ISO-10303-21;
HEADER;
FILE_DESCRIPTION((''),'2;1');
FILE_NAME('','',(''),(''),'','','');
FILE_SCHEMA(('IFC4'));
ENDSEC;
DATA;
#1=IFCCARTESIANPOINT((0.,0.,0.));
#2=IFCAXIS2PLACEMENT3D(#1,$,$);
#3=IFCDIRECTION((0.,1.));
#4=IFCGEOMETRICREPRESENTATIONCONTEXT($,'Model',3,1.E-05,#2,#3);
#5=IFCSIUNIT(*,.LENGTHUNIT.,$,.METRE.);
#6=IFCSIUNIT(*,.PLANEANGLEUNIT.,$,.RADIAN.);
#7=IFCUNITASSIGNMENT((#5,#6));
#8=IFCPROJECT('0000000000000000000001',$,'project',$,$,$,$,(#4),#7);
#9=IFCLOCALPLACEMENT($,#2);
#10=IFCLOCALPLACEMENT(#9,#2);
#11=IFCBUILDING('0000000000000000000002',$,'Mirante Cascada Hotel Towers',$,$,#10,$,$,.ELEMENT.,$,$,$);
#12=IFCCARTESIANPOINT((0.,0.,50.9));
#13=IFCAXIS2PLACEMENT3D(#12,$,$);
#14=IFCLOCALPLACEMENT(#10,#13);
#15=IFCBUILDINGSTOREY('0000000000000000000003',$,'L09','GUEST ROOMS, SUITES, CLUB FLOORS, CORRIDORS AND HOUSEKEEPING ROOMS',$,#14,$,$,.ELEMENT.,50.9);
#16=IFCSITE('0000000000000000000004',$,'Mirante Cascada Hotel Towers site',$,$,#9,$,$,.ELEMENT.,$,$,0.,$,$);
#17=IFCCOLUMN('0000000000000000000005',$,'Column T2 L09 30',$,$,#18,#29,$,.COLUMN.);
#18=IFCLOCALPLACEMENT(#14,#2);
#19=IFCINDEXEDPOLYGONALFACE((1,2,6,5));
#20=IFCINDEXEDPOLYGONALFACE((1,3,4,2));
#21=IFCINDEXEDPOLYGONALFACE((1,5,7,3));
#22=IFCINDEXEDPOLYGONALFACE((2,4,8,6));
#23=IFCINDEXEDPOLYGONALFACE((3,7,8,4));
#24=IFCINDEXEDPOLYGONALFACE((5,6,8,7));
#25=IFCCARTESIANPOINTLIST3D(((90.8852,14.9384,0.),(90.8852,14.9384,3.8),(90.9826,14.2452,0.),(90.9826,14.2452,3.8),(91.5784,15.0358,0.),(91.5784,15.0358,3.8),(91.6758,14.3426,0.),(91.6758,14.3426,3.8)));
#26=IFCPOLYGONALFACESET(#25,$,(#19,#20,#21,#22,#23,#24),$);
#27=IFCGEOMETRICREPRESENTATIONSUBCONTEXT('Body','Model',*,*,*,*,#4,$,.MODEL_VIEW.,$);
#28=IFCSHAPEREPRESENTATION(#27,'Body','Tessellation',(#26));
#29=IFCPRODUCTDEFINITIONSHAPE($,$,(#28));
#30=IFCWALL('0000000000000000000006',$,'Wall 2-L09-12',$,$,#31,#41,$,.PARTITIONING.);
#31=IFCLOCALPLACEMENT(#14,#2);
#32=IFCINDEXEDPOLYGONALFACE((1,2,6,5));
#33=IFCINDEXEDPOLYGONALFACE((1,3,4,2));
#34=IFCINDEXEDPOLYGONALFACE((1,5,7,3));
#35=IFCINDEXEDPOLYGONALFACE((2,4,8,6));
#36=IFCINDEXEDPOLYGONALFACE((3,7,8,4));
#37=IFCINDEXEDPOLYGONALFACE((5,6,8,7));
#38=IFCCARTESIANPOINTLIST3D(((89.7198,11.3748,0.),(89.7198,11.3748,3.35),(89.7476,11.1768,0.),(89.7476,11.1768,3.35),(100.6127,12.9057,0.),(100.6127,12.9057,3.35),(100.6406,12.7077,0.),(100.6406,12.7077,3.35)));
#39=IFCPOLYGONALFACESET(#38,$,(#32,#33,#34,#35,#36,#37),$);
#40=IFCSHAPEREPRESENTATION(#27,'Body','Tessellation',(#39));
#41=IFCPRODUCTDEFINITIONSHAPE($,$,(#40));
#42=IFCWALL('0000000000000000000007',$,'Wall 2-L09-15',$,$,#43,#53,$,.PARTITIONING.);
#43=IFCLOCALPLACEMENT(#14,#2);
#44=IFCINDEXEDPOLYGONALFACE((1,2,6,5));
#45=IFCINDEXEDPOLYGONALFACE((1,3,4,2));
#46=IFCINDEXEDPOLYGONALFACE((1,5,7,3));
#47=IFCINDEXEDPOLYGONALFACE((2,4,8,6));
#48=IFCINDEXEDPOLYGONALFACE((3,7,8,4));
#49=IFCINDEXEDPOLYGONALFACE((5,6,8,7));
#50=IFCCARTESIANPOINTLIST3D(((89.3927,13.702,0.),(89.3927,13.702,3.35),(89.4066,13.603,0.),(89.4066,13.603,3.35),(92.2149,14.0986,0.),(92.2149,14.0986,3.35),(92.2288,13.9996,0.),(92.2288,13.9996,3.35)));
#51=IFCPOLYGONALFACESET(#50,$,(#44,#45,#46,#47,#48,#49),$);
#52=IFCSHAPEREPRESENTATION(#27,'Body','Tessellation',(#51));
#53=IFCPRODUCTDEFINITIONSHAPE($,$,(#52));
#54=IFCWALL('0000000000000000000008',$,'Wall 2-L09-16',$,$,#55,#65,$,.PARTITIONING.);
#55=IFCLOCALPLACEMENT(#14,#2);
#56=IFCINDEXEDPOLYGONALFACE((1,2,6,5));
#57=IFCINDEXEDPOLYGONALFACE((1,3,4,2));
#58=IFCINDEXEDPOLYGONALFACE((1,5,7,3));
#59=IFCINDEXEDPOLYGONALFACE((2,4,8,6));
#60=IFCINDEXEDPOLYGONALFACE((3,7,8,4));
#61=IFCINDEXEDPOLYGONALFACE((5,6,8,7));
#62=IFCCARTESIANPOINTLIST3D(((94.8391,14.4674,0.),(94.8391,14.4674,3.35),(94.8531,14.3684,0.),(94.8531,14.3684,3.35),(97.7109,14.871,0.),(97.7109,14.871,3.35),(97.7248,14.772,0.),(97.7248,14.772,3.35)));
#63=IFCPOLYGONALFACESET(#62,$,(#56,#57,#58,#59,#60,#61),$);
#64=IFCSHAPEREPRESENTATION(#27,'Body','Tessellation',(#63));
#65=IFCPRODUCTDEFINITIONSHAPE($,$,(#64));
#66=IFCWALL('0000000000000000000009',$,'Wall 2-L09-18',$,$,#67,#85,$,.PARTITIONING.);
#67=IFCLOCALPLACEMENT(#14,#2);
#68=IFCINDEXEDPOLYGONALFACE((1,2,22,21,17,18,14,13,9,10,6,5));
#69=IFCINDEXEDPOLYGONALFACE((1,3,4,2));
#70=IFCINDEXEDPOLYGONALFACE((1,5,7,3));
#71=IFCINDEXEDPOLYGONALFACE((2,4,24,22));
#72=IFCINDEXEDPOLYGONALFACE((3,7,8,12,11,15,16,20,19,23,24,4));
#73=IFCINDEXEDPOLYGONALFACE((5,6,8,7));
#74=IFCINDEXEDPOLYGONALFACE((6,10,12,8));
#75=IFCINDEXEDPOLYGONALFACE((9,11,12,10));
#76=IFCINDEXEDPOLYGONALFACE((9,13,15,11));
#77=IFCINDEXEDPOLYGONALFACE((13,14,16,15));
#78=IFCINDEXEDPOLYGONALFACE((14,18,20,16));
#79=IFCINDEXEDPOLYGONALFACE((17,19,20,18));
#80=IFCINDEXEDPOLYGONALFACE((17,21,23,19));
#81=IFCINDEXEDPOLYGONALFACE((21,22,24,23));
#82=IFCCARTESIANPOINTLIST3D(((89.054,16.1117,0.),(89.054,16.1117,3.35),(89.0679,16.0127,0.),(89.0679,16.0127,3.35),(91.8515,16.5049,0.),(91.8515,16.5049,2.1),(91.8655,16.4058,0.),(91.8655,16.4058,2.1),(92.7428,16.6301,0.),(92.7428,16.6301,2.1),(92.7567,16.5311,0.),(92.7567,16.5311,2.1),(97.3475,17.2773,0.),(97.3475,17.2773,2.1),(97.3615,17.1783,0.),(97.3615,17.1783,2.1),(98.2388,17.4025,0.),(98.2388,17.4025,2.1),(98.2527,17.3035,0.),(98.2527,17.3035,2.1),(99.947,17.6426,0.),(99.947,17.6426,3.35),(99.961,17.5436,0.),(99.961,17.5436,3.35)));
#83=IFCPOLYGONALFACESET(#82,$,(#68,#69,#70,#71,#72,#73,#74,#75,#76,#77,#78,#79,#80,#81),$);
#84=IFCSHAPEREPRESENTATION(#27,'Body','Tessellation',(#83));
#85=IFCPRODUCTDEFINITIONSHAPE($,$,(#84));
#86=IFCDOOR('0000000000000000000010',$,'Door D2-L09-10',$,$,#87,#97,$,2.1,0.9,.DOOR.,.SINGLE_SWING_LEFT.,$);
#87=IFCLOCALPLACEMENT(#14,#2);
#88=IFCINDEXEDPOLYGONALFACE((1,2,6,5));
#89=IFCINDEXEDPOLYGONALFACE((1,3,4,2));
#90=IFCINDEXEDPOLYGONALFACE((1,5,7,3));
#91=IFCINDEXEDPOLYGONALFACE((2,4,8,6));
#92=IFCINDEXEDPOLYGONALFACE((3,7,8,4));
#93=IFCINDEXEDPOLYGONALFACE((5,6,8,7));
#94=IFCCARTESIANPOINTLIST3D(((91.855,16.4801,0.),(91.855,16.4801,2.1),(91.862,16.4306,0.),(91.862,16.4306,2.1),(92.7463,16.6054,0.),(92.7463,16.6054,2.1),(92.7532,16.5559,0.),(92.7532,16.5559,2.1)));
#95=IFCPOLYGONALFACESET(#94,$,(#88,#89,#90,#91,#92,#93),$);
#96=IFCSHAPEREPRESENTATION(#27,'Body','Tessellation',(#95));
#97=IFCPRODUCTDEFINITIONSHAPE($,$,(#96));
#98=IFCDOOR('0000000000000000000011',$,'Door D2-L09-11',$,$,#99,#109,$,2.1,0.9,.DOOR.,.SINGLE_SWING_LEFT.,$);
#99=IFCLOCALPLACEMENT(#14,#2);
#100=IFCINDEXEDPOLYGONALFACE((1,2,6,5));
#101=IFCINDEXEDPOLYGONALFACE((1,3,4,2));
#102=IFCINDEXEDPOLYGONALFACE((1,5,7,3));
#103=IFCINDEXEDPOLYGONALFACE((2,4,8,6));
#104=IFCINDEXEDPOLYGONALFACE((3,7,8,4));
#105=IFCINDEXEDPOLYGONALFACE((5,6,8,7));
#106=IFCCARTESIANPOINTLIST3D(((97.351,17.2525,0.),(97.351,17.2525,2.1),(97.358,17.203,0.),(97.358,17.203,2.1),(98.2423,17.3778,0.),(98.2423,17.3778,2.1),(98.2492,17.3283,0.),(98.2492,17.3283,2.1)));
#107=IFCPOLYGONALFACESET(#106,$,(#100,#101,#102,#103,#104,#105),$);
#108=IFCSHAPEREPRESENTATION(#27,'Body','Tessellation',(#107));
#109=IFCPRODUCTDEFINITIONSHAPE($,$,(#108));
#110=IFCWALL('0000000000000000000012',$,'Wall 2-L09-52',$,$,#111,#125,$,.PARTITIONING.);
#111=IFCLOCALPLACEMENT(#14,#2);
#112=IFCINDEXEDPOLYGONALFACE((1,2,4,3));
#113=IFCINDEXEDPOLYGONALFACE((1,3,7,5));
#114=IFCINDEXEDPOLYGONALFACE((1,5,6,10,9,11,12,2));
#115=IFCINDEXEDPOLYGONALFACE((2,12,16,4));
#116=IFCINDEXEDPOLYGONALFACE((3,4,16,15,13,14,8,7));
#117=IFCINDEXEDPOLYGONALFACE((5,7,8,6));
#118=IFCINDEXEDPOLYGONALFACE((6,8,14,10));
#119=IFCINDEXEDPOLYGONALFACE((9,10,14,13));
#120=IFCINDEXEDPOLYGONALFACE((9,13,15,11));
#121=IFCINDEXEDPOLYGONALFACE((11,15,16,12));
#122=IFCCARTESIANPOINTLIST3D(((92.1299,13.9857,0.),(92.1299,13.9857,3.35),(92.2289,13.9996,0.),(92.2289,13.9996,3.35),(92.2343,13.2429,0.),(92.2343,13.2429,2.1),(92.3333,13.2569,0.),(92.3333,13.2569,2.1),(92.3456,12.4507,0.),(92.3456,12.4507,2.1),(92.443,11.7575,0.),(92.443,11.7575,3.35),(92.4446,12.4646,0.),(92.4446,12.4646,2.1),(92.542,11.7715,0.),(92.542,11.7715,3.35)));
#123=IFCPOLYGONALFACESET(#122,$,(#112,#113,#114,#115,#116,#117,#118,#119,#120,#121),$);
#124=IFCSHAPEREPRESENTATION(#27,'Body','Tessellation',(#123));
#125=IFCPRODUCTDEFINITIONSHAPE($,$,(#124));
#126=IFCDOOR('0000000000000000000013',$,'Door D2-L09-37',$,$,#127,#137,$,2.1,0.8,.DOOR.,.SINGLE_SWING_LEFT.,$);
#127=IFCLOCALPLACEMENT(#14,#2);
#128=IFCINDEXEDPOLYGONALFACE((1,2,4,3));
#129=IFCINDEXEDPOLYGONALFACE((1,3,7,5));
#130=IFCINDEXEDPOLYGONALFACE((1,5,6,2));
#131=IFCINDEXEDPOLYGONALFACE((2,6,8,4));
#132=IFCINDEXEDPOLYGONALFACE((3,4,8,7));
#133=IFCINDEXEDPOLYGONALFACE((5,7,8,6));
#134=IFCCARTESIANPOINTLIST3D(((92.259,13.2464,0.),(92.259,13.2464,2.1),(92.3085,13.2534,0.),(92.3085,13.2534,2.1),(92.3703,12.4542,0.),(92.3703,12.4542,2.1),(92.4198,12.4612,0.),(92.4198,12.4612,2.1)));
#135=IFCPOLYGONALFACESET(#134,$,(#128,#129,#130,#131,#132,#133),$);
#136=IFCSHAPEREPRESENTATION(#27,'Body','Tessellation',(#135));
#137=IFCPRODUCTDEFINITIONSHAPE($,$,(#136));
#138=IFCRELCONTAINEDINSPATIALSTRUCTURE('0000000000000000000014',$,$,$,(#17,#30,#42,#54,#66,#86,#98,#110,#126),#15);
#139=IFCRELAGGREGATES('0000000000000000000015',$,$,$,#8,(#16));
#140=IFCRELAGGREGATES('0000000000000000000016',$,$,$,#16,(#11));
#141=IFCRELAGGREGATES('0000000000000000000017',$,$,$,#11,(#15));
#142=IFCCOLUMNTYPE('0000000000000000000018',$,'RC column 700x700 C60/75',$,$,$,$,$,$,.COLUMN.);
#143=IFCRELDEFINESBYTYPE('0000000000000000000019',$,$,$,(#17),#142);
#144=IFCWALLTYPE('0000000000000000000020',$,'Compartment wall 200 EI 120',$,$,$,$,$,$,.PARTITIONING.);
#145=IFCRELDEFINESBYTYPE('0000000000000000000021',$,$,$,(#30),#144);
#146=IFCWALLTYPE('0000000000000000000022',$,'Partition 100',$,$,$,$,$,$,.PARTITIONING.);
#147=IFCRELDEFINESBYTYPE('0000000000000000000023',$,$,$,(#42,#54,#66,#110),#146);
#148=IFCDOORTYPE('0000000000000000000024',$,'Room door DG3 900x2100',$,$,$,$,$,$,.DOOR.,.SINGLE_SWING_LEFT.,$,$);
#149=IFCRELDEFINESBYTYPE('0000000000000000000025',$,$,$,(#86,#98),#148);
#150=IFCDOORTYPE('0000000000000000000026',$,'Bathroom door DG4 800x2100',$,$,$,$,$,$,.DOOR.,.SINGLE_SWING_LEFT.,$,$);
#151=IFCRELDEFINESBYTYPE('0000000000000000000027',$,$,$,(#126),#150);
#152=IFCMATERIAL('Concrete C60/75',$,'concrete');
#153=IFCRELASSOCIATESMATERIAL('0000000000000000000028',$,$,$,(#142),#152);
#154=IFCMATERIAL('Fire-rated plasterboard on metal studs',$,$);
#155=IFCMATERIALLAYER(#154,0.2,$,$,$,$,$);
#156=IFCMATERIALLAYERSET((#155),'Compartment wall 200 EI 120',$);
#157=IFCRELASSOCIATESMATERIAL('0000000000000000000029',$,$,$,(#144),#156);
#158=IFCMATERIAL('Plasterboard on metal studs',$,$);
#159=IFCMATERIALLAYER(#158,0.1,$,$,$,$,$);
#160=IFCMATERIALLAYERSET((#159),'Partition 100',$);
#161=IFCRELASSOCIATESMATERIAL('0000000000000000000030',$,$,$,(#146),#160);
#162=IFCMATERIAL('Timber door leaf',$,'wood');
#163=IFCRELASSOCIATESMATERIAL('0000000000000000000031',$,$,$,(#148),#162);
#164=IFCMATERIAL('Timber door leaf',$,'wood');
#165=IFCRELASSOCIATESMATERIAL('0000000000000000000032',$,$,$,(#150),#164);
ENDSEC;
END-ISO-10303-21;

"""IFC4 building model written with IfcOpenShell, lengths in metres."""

from ifc_helpers import new_model, si_unit, direction, frame, frame_2d, origin, origin_2d, place, context, subcontext, project, spatial, rectangle, extrude, material, layer, layer_set, material_profile, profile_set, type_object, element, fill, save


model = new_model("IFC4")

# Units and contexts
model_context = context("Model", 3, precision=1e-05, world=origin(), true_north=direction((0.0, 1.0)))
body_context = subcontext(model_context, "Body", "Model", "MODEL_VIEW")
ifc_project = project(units=[si_unit("LENGTHUNIT", "METRE"), si_unit("PLANEANGLEUNIT", "RADIAN")], contexts=[model_context])

# Site, building, storey
site_placement = place(None, origin())
site = spatial("IfcSite", under=ifc_project, at=site_placement, Name="Mirante Cascada Hotel Towers site", CompositionType="ELEMENT", RefElevation=0.0)
building_placement = place(site_placement, origin())
building = spatial("IfcBuilding", under=site, at=building_placement, Name="Mirante Cascada Hotel Towers", CompositionType="ELEMENT")
storey_placement = place(building_placement, frame((0.0, 0.0, 50.9)))
storey = spatial("IfcBuildingStorey", under=building, at=storey_placement, Name="L09", Description="GUEST ROOMS, SUITES, CLUB FLOORS, CORRIDORS AND HOUSEKEEPING ROOMS", CompositionType="ELEMENT", Elevation=50.9)

# Column
ifc_material_1 = material(Name="Concrete C60/75", Category="concrete")
ifc_material_profile = material_profile(ifc_material_1, rectangle(XDim=0.7, YDim=0.7, at=origin_2d()), Name="RC column 700x700 C60/75")
ifc_profile_set = profile_set([ifc_material_profile], Name="Concrete C60/75")
column_type = type_object("IfcColumnType", Name="RC column 700x700 C60/75", PredefinedType="COLUMN", material=ifc_profile_set)
column_placement = place(storey_placement, frame((91.2805, 14.6405, 0.0), z_axis=(0.0, 0.0, 1.0), x_axis=(0.990268, 0.139173, 0.0)))
element("IfcColumn", 1, at=column_placement, inside=storey, type_object=column_type, Name="Column T2 L09 30", PredefinedType="COLUMN", context=body_context, shape_type="SweptSolid", body=[
    extrude(rectangle(XDim=0.7, YDim=0.7, at=origin_2d()), origin(), (0.0, 0.0, 1.0), 3.8),
])

# Wall
ifc_material_2 = material(Name="Fire-rated plasterboard on metal studs")
ifc_layer_1 = layer(ifc_material_2, 0.2)
ifc_layer_set_1 = layer_set([ifc_layer_1], Name="Compartment wall 200 EI 120")
wall_type_1 = type_object("IfcWallType", Name="Compartment wall 200 EI 120", PredefinedType="PARTITIONING", material=ifc_layer_set_1)
wall_1_placement = place(storey_placement, frame((89.7337, 11.2758, 0.0), z_axis=(0.0, 0.0, 1.0), x_axis=(0.990268, 0.139173, 0.0)))
element("IfcWall", 2, at=wall_1_placement, inside=storey, type_object=wall_type_1, Name="Wall 2-L09-12", PredefinedType="PARTITIONING", context=body_context, shape_type="SweptSolid", body=[
    extrude(rectangle(XDim=11.0, YDim=0.2, at=frame_2d((5.5, 0.0))), origin(), (0.0, 0.0, 1.0), 3.35),
])

# Walls
ifc_material_3 = material(Name="Plasterboard on metal studs")
ifc_layer_2 = layer(ifc_material_3, 0.1)
ifc_layer_set_2 = layer_set([ifc_layer_2], Name="Partition 100")
wall_type_2 = type_object("IfcWallType", Name="Partition 100", PredefinedType="PARTITIONING", material=ifc_layer_set_2)
wall_2_placement = place(storey_placement, frame((92.2219, 14.0491, 0.0), z_axis=(0.0, 0.0, 1.0), x_axis=(-0.99027, -0.139161, 0.0)))
element("IfcWall", 3, at=wall_2_placement, inside=storey, type_object=wall_type_2, Name="Wall 2-L09-15", PredefinedType="PARTITIONING", context=body_context, shape_type="SweptSolid", body=[
    extrude(rectangle(XDim=2.8499, YDim=0.1, at=frame_2d((1.425, 0.0))), origin(), (0.0, 0.0, 1.0), 3.35),
])
wall_3_placement = place(storey_placement, frame((94.8461, 14.4179, 0.0), z_axis=(0.0, 0.0, 1.0), x_axis=(0.990268, 0.139171, 0.0)))
element("IfcWall", 4, at=wall_3_placement, inside=storey, type_object=wall_type_2, Name="Wall 2-L09-16", PredefinedType="PARTITIONING", context=body_context, shape_type="SweptSolid", body=[
    extrude(rectangle(XDim=2.9, YDim=0.1, at=frame_2d((1.45, 0.0))), origin(), (0.0, 0.0, 1.0), 3.35),
])

# Wall, openings, doors
wall_4_placement = place(storey_placement, frame((89.061, 16.0622, 0.0), z_axis=(0.0, 0.0, 1.0), x_axis=(0.990268, 0.139172, 0.0)))
wall_4 = element("IfcWall", 5, at=wall_4_placement, inside=storey, type_object=wall_type_2, Name="Wall 2-L09-18", PredefinedType="PARTITIONING", context=body_context, shape_type="SweptSolid", body=[
    extrude(rectangle(XDim=11.0001, YDim=0.1, at=frame_2d((5.5, 0.0))), origin(), (0.0, 0.0, 1.0), 3.35),
])
opening_1_placement = place(wall_4_placement, frame((2.825, 0.0, 0.0)))
opening_1 = element("IfcOpeningElement", 6, at=opening_1_placement, cuts=wall_4, PredefinedType="OPENING", context=body_context, shape_type="SweptSolid", body=[
    extrude(rectangle(XDim=0.9, YDim=2.1, at=frame_2d((0.45, 1.05))), frame((0.0, 0.05, 0.0), z_axis=(0.0, -1.0, 0.0), x_axis=(1.0, 0.0, 0.0)), (0.0, 0.0, 1.0), 0.1),
])
opening_2_placement = place(wall_4_placement, frame((8.375, 0.0, 0.0)))
opening_2 = element("IfcOpeningElement", 7, at=opening_2_placement, cuts=wall_4, PredefinedType="OPENING", context=body_context, shape_type="SweptSolid", body=[
    extrude(rectangle(XDim=0.9, YDim=2.1, at=frame_2d((0.45, 1.05))), frame((0.0, 0.05, 0.0), z_axis=(0.0, -1.0, 0.0), x_axis=(1.0, 0.0, 0.0)), (0.0, 0.0, 1.0), 0.1),
])
ifc_material_4 = material(Name="Timber door leaf", Category="wood")
door_type_1 = type_object("IfcDoorType", Name="Room door DG3 900x2100", OperationType="SINGLE_SWING_LEFT", PredefinedType="DOOR", material=ifc_material_4)
door_1_placement = place(opening_1_placement, origin())
door_1 = element("IfcDoor", 8, at=door_1_placement, inside=storey, type_object=door_type_1, Name="Door D2-L09-10", OperationType="SINGLE_SWING_LEFT", OverallHeight=2.1, OverallWidth=0.9, PredefinedType="DOOR", context=body_context, shape_type="SweptSolid", body=[
    extrude(rectangle(XDim=0.9, YDim=2.1, at=frame_2d((0.45, 1.05))), frame((0.0, 0.025, 0.0), z_axis=(0.0, -1.0, 0.0), x_axis=(1.0, 0.0, 0.0)), (0.0, 0.0, 1.0), 0.05),
])
fill(opening_1, door_1)
door_2_placement = place(opening_2_placement, origin())
door_2 = element("IfcDoor", 9, at=door_2_placement, inside=storey, type_object=door_type_1, Name="Door D2-L09-11", OperationType="SINGLE_SWING_LEFT", OverallHeight=2.1, OverallWidth=0.9, PredefinedType="DOOR", context=body_context, shape_type="SweptSolid", body=[
    extrude(rectangle(XDim=0.9, YDim=2.1, at=frame_2d((0.45, 1.05))), frame((0.0, 0.025, 0.0), z_axis=(0.0, -1.0, 0.0), x_axis=(1.0, 0.0, 0.0)), (0.0, 0.0, 1.0), 0.05),
])
fill(opening_2, door_2)

# Wall, opening, door
wall_5_placement = place(storey_placement, frame((92.4925, 11.7645, 0.0), z_axis=(0.0, 0.0, 1.0), x_axis=(-0.139156, 0.990271, 0.0)))
wall_5 = element("IfcWall", 10, at=wall_5_placement, inside=storey, type_object=wall_type_2, Name="Wall 2-L09-52", PredefinedType="PARTITIONING", context=body_context, shape_type="SweptSolid", body=[
    extrude(rectangle(XDim=2.25, YDim=0.1, at=frame_2d((1.125, 0.0))), origin(), (0.0, 0.0, 1.0), 3.35),
])
opening_3_placement = place(wall_5_placement, frame((0.7, 0.0, 0.0)))
opening_3 = element("IfcOpeningElement", 11, at=opening_3_placement, cuts=wall_5, PredefinedType="OPENING", context=body_context, shape_type="SweptSolid", body=[
    extrude(rectangle(XDim=0.8, YDim=2.1, at=frame_2d((0.4, 1.05))), frame((0.0, 0.05, 0.0), z_axis=(0.0, -1.0, 0.0), x_axis=(1.0, 0.0, 0.0)), (0.0, 0.0, 1.0), 0.1),
])
ifc_material_5 = material(Name="Timber door leaf", Category="wood")
door_type_2 = type_object("IfcDoorType", Name="Bathroom door DG4 800x2100", OperationType="SINGLE_SWING_LEFT", PredefinedType="DOOR", material=ifc_material_5)
door_3_placement = place(opening_3_placement, origin())
door_3 = element("IfcDoor", 12, at=door_3_placement, inside=storey, type_object=door_type_2, Name="Door D2-L09-37", OperationType="SINGLE_SWING_LEFT", OverallHeight=2.1, OverallWidth=0.8, PredefinedType="DOOR", context=body_context, shape_type="SweptSolid", body=[
    extrude(rectangle(XDim=0.8, YDim=2.1, at=frame_2d((0.4, 1.05))), frame((0.0, 0.025, 0.0), z_axis=(0.0, -1.0, 0.0), x_axis=(1.0, 0.0, 0.0)), (0.0, 0.0, 1.0), 0.05),
])
fill(opening_3, door_3)

save(model, "model.ifc")
